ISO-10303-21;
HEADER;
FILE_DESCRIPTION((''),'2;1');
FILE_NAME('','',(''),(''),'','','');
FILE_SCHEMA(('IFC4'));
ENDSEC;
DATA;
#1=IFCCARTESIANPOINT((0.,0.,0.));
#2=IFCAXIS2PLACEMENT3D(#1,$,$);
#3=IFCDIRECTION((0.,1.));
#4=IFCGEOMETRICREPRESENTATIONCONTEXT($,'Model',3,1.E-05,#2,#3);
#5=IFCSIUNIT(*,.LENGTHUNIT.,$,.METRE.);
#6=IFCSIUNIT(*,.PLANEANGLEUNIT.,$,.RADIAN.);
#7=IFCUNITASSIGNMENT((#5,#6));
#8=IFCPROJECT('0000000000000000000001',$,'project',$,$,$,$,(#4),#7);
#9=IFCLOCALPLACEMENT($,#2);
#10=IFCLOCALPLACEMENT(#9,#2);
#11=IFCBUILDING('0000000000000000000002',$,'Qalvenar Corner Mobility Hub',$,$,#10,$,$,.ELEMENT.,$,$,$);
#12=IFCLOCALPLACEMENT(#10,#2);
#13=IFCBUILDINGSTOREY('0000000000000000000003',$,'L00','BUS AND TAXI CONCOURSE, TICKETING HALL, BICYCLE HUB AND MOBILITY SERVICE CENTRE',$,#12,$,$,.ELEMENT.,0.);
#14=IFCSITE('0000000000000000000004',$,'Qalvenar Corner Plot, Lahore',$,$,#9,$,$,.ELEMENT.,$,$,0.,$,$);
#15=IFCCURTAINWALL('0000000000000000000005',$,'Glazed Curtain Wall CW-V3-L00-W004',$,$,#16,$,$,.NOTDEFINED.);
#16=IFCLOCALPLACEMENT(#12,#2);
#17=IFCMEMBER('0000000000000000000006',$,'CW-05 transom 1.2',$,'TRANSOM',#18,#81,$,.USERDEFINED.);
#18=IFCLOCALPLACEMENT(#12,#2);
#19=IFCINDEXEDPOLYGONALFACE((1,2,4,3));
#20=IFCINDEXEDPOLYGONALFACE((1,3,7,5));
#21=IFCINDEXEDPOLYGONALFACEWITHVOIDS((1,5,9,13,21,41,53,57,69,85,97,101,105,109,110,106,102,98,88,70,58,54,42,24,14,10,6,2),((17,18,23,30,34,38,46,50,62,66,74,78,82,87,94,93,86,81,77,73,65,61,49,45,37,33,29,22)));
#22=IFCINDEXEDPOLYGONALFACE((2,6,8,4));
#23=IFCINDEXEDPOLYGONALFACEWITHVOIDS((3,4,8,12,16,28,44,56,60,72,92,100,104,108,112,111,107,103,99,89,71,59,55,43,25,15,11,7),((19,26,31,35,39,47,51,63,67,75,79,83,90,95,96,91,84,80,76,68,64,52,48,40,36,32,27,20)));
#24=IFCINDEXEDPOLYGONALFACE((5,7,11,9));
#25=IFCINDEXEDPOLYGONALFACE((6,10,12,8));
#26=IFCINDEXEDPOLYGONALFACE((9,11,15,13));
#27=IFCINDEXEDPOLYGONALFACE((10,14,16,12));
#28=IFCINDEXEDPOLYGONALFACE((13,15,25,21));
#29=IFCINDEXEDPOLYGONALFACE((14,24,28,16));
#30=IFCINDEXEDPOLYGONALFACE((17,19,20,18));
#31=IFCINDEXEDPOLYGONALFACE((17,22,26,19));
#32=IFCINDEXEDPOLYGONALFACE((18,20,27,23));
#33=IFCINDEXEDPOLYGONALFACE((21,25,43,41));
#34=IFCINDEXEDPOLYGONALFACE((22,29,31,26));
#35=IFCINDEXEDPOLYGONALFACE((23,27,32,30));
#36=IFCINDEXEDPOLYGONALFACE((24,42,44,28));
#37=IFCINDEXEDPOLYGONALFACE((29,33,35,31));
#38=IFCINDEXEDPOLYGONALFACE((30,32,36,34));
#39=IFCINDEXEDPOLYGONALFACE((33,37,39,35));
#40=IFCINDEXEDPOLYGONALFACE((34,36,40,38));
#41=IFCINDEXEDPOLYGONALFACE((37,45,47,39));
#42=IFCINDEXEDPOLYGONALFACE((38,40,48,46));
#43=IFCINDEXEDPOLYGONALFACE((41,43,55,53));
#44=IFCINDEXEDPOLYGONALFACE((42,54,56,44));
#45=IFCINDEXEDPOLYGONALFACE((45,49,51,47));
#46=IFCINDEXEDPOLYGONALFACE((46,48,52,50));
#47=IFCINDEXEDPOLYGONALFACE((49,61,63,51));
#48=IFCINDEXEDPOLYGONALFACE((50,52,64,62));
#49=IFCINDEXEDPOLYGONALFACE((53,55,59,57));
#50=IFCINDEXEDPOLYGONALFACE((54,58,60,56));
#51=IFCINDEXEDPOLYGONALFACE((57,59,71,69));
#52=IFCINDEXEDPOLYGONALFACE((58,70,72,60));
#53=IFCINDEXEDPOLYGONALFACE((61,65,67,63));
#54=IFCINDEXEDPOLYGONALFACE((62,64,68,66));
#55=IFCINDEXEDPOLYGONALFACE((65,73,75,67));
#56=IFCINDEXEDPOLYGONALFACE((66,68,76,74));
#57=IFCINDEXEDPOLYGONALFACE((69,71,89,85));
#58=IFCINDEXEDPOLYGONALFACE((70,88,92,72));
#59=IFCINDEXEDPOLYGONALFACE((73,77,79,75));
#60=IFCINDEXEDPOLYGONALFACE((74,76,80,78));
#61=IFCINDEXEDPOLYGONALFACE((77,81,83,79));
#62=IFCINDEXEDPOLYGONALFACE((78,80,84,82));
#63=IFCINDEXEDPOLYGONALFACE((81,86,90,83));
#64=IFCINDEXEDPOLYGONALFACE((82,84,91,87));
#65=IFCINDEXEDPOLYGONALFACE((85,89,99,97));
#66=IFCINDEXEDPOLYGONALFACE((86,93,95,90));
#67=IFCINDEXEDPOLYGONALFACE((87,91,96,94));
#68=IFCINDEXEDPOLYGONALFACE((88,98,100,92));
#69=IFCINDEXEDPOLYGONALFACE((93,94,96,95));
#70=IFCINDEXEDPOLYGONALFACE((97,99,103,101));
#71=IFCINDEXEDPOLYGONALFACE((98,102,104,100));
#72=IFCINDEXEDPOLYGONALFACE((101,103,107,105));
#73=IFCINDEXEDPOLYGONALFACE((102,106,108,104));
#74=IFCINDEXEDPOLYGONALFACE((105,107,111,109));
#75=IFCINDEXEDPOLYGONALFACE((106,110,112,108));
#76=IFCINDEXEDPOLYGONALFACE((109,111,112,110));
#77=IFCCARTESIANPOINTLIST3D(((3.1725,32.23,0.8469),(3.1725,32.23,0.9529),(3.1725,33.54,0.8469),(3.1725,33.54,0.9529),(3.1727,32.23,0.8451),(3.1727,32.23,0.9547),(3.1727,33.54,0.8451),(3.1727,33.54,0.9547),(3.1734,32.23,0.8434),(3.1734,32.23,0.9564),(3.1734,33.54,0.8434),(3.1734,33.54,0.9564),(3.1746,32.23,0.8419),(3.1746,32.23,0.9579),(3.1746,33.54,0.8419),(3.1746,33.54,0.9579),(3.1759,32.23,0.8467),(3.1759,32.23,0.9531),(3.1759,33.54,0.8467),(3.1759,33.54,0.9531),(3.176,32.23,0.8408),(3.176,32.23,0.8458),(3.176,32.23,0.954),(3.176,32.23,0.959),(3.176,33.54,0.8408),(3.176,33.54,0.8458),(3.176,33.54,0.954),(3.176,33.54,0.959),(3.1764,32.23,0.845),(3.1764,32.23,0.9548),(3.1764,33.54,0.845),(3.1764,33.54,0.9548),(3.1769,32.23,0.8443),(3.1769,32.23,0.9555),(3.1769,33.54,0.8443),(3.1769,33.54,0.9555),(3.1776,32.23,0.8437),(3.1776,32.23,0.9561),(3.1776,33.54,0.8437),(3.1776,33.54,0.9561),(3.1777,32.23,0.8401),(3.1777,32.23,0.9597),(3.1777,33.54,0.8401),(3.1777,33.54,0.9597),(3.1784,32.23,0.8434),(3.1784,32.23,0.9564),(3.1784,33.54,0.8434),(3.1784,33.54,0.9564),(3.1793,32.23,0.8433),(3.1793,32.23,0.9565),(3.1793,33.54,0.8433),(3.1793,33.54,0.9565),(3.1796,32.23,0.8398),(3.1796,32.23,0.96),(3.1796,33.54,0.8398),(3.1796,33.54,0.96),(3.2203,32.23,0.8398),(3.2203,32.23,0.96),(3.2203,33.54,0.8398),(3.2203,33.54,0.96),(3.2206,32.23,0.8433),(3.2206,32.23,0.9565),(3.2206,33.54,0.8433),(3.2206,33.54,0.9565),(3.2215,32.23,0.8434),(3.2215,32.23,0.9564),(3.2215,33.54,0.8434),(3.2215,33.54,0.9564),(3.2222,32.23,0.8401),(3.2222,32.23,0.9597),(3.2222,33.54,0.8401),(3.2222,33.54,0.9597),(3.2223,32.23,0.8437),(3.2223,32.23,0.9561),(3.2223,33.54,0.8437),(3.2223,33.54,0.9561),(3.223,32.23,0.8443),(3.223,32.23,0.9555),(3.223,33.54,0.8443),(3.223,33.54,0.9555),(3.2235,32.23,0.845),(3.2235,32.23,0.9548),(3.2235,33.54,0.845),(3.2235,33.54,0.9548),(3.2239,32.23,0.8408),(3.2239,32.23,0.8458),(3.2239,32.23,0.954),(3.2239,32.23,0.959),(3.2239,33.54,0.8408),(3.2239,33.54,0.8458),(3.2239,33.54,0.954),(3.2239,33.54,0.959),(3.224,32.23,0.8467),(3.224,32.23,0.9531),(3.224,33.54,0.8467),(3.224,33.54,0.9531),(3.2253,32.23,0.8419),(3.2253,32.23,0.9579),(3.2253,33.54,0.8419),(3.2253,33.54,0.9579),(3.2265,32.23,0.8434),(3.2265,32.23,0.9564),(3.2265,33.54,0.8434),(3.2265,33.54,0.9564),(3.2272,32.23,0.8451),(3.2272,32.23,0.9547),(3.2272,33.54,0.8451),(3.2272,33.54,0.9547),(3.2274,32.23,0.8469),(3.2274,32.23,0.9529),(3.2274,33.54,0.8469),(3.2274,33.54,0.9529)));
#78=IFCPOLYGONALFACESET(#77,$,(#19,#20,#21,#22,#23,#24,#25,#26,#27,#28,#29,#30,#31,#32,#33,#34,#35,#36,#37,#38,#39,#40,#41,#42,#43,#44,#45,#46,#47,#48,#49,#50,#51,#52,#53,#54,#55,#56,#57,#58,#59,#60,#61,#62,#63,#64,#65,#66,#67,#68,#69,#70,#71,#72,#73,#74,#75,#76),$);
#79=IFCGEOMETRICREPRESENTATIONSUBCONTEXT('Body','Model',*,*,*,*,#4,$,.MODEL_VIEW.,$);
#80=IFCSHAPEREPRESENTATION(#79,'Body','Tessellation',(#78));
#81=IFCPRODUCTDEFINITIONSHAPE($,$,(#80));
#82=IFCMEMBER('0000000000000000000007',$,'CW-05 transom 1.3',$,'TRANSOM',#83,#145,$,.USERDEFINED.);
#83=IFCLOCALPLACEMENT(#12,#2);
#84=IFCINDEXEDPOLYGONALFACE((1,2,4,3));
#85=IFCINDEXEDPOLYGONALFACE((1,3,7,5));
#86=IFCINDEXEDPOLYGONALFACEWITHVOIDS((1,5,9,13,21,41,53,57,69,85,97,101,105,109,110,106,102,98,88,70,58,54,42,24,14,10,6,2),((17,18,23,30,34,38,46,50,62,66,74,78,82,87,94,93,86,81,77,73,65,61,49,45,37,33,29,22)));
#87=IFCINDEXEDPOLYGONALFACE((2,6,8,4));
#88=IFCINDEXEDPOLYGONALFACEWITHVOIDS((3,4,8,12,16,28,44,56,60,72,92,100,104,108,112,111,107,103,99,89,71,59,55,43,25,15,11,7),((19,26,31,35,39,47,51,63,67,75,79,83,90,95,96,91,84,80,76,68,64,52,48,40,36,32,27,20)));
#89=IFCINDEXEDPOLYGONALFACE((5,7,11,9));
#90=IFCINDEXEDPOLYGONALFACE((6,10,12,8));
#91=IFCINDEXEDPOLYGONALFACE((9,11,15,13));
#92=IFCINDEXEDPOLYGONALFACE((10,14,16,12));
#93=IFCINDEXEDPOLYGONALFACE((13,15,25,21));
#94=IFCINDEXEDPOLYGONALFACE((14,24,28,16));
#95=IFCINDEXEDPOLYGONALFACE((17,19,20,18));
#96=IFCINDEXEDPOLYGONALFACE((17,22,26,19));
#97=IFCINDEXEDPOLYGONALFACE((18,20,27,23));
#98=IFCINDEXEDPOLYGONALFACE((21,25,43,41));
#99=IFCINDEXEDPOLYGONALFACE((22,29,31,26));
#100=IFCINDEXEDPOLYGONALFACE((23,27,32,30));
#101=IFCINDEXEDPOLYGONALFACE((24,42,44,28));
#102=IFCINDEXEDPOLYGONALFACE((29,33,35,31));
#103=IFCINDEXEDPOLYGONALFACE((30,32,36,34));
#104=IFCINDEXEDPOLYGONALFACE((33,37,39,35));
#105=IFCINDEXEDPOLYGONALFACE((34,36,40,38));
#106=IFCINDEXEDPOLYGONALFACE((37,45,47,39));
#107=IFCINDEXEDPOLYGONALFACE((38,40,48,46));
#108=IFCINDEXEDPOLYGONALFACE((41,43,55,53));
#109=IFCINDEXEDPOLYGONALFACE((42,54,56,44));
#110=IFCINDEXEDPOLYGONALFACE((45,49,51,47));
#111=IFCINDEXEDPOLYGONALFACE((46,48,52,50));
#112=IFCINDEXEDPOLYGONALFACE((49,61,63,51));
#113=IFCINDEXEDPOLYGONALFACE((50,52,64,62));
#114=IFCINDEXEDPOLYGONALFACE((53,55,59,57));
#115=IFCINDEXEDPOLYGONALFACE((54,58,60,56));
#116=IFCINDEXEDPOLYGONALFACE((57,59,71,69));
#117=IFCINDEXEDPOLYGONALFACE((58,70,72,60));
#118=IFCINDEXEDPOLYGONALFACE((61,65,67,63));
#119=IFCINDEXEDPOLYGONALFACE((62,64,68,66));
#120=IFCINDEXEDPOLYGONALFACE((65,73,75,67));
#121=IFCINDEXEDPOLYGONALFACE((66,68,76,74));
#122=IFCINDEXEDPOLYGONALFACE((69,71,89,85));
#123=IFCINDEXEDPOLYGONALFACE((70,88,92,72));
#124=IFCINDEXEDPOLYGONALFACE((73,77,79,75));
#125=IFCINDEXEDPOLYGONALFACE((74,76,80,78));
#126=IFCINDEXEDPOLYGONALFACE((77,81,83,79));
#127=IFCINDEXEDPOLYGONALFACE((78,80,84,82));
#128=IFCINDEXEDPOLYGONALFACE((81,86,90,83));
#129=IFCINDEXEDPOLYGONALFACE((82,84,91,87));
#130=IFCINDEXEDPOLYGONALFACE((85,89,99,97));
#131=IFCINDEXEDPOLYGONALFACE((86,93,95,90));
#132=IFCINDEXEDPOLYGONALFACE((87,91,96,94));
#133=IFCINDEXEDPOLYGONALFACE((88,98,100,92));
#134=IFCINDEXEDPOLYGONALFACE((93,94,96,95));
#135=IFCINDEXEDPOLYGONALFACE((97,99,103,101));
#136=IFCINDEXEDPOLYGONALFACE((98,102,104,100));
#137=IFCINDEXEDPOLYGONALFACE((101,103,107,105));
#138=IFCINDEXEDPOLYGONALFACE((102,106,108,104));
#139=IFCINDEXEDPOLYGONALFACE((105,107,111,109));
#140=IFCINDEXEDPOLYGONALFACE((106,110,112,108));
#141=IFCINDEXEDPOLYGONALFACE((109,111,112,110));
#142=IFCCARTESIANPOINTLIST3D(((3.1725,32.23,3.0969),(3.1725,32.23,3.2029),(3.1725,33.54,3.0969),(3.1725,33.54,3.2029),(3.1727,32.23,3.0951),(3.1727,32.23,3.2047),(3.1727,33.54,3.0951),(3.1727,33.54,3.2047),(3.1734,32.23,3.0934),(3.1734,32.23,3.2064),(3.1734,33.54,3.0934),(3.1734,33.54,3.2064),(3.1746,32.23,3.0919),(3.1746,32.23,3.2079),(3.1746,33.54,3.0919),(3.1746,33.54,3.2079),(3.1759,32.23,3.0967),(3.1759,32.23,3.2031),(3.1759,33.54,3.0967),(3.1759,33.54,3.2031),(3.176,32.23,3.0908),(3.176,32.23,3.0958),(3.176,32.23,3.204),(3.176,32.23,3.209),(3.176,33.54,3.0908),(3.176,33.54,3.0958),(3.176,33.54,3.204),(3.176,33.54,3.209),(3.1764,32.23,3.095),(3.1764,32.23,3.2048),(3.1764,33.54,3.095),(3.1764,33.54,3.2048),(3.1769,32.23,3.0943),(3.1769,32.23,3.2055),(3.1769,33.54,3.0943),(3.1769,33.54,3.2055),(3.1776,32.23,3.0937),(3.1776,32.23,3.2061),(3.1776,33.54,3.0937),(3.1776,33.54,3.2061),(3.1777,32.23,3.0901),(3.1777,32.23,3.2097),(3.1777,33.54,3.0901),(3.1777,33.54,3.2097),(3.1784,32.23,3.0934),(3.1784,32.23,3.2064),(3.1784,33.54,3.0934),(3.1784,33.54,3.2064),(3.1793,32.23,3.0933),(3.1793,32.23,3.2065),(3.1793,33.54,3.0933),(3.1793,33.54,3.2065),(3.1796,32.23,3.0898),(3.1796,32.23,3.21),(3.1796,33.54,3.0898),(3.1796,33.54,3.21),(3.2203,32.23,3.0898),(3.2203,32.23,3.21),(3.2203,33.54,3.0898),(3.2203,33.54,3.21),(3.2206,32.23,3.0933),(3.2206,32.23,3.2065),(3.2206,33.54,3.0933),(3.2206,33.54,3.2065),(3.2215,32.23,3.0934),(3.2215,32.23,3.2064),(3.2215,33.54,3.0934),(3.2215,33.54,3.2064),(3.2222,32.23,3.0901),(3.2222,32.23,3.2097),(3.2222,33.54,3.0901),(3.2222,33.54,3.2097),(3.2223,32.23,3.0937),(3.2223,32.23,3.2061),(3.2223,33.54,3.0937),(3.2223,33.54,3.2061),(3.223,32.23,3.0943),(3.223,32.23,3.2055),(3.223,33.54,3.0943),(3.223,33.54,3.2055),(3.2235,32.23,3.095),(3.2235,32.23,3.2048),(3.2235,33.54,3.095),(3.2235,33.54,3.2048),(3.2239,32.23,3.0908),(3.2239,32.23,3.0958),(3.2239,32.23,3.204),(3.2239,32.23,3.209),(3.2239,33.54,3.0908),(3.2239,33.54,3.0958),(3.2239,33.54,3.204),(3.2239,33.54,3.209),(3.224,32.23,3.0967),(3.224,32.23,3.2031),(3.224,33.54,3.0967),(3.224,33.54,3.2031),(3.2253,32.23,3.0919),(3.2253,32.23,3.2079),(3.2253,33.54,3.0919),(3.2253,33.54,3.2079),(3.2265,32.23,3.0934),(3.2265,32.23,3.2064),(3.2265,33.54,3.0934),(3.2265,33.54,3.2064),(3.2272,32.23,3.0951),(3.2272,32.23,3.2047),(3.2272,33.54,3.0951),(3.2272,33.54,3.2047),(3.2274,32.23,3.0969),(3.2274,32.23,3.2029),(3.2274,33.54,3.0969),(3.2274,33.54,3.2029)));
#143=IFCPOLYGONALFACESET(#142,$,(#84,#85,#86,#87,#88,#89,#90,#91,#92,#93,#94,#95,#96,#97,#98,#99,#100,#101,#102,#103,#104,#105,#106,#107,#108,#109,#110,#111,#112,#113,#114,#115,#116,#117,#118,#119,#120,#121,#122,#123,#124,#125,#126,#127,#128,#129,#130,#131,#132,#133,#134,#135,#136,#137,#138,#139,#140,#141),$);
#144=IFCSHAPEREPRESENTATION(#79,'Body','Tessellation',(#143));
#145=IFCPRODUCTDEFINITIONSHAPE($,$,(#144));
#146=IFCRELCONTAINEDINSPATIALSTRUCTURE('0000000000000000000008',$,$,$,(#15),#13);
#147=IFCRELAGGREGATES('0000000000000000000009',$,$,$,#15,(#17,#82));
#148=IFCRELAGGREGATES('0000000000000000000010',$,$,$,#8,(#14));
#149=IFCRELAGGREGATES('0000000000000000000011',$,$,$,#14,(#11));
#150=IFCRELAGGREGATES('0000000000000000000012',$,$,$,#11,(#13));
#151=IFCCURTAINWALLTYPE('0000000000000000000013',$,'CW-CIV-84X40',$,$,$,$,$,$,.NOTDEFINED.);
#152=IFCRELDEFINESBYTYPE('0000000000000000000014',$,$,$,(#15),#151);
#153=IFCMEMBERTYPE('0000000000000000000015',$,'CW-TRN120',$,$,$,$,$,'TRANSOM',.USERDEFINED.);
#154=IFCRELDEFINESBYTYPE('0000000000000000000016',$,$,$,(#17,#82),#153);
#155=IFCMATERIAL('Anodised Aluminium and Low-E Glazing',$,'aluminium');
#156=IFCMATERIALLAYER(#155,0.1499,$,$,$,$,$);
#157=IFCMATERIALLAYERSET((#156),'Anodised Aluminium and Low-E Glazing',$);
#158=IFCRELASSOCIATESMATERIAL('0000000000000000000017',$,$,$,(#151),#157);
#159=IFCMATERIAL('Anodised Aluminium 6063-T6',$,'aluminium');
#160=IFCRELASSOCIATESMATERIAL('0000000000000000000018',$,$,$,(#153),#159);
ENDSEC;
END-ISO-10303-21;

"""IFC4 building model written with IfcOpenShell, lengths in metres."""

from ifc_helpers import new_model, si_unit, direction, frame, origin, origin_2d, place, context, subcontext, project, spatial, hollow_rectangle, extrude, material, layer, layer_set, material_profile, profile_set, type_object, element, aggregate, save


model = new_model("IFC4")

# Units and contexts
model_context = context("Model", 3, precision=1e-05, world=origin(), true_north=direction((0.0, 1.0)))
body_context = subcontext(model_context, "Body", "Model", "MODEL_VIEW")
ifc_project = project(units=[si_unit("LENGTHUNIT", "METRE"), si_unit("PLANEANGLEUNIT", "RADIAN")], contexts=[model_context])

# Site, building, storey
site_placement = place(None, origin())
site = spatial("IfcSite", under=ifc_project, at=site_placement, Name="Qalvenar Corner Plot, Lahore", CompositionType="ELEMENT", RefElevation=0.0)
building_placement = place(site_placement, origin())
building = spatial("IfcBuilding", under=site, at=building_placement, Name="Qalvenar Corner Mobility Hub", CompositionType="ELEMENT")
storey_placement = place(building_placement, origin())
storey = spatial("IfcBuildingStorey", under=building, at=storey_placement, Name="L00", Description="BUS AND TAXI CONCOURSE, TICKETING HALL, BICYCLE HUB AND MOBILITY SERVICE CENTRE", CompositionType="ELEMENT", Elevation=0.0)

# Curtain wall, members
ifc_material_1 = material(Name="Anodised Aluminium and Low-E Glazing", Category="aluminium")
ifc_layer_1 = layer(ifc_material_1, 0.1499)
ifc_layer_set_1 = layer_set([ifc_layer_1], Name="Anodised Aluminium and Low-E Glazing")
curtain_wall_type = type_object("IfcCurtainWallType", Name="CW-CIV-84X40", PredefinedType="NOTDEFINED", material=ifc_layer_set_1)
curtain_wall_placement = place(storey_placement, origin())
curtain_wall = element("IfcCurtainWall", 1, at=curtain_wall_placement, inside=storey, type_object=curtain_wall_type, Name="Glazed Curtain Wall CW-V3-L00-W004", PredefinedType="NOTDEFINED")
ifc_material_2 = material(Name="Anodised Aluminium 6063-T6", Category="aluminium")
ifc_material_profile_1 = material_profile(ifc_material_2, hollow_rectangle(XDim=0.0549, YDim=0.1201, WallThickness=0.0034, InnerFilletRadius=0.0034, OuterFilletRadius=0.0071, at=origin_2d()), Name="RHS120x55x3.5")
ifc_profile_set_1 = profile_set([ifc_material_profile_1], Name="Anodised Aluminium 6063-T6")
member_type_1 = type_object("IfcMemberType", Name="CW-TRN120", ElementType="TRANSOM", PredefinedType="USERDEFINED", material=ifc_profile_set_1)
member_1_placement = place(storey_placement, frame((3.2, 33.54, 0.8999), z_axis=(0.0, -1.0, 0.0), x_axis=(1.0, 0.0, 0.0)))
member_1 = element("IfcMember", 2, at=member_1_placement, type_object=member_type_1, Name="CW-05 transom 1.2", ObjectType="TRANSOM", PredefinedType="USERDEFINED", context=body_context, shape_type="SweptSolid", body=[
    extrude(hollow_rectangle(XDim=0.0549, YDim=0.1201, WallThickness=0.0034, InnerFilletRadius=0.0034, OuterFilletRadius=0.0071, at=origin_2d()), origin(), (0.0, 0.0, 1.0), 1.3101),
])
member_2_placement = place(storey_placement, frame((3.2, 33.54, 3.1499), z_axis=(0.0, -1.0, 0.0), x_axis=(1.0, 0.0, 0.0)))
member_2 = element("IfcMember", 3, at=member_2_placement, type_object=member_type_1, Name="CW-05 transom 1.3", ObjectType="TRANSOM", PredefinedType="USERDEFINED", context=body_context, shape_type="SweptSolid", body=[
    extrude(hollow_rectangle(XDim=0.0549, YDim=0.1201, WallThickness=0.0034, InnerFilletRadius=0.0034, OuterFilletRadius=0.0071, at=origin_2d()), origin(), (0.0, 0.0, 1.0), 1.3101),
])
aggregate(curtain_wall, [member_1, member_2])

save(model, "model.ifc")
